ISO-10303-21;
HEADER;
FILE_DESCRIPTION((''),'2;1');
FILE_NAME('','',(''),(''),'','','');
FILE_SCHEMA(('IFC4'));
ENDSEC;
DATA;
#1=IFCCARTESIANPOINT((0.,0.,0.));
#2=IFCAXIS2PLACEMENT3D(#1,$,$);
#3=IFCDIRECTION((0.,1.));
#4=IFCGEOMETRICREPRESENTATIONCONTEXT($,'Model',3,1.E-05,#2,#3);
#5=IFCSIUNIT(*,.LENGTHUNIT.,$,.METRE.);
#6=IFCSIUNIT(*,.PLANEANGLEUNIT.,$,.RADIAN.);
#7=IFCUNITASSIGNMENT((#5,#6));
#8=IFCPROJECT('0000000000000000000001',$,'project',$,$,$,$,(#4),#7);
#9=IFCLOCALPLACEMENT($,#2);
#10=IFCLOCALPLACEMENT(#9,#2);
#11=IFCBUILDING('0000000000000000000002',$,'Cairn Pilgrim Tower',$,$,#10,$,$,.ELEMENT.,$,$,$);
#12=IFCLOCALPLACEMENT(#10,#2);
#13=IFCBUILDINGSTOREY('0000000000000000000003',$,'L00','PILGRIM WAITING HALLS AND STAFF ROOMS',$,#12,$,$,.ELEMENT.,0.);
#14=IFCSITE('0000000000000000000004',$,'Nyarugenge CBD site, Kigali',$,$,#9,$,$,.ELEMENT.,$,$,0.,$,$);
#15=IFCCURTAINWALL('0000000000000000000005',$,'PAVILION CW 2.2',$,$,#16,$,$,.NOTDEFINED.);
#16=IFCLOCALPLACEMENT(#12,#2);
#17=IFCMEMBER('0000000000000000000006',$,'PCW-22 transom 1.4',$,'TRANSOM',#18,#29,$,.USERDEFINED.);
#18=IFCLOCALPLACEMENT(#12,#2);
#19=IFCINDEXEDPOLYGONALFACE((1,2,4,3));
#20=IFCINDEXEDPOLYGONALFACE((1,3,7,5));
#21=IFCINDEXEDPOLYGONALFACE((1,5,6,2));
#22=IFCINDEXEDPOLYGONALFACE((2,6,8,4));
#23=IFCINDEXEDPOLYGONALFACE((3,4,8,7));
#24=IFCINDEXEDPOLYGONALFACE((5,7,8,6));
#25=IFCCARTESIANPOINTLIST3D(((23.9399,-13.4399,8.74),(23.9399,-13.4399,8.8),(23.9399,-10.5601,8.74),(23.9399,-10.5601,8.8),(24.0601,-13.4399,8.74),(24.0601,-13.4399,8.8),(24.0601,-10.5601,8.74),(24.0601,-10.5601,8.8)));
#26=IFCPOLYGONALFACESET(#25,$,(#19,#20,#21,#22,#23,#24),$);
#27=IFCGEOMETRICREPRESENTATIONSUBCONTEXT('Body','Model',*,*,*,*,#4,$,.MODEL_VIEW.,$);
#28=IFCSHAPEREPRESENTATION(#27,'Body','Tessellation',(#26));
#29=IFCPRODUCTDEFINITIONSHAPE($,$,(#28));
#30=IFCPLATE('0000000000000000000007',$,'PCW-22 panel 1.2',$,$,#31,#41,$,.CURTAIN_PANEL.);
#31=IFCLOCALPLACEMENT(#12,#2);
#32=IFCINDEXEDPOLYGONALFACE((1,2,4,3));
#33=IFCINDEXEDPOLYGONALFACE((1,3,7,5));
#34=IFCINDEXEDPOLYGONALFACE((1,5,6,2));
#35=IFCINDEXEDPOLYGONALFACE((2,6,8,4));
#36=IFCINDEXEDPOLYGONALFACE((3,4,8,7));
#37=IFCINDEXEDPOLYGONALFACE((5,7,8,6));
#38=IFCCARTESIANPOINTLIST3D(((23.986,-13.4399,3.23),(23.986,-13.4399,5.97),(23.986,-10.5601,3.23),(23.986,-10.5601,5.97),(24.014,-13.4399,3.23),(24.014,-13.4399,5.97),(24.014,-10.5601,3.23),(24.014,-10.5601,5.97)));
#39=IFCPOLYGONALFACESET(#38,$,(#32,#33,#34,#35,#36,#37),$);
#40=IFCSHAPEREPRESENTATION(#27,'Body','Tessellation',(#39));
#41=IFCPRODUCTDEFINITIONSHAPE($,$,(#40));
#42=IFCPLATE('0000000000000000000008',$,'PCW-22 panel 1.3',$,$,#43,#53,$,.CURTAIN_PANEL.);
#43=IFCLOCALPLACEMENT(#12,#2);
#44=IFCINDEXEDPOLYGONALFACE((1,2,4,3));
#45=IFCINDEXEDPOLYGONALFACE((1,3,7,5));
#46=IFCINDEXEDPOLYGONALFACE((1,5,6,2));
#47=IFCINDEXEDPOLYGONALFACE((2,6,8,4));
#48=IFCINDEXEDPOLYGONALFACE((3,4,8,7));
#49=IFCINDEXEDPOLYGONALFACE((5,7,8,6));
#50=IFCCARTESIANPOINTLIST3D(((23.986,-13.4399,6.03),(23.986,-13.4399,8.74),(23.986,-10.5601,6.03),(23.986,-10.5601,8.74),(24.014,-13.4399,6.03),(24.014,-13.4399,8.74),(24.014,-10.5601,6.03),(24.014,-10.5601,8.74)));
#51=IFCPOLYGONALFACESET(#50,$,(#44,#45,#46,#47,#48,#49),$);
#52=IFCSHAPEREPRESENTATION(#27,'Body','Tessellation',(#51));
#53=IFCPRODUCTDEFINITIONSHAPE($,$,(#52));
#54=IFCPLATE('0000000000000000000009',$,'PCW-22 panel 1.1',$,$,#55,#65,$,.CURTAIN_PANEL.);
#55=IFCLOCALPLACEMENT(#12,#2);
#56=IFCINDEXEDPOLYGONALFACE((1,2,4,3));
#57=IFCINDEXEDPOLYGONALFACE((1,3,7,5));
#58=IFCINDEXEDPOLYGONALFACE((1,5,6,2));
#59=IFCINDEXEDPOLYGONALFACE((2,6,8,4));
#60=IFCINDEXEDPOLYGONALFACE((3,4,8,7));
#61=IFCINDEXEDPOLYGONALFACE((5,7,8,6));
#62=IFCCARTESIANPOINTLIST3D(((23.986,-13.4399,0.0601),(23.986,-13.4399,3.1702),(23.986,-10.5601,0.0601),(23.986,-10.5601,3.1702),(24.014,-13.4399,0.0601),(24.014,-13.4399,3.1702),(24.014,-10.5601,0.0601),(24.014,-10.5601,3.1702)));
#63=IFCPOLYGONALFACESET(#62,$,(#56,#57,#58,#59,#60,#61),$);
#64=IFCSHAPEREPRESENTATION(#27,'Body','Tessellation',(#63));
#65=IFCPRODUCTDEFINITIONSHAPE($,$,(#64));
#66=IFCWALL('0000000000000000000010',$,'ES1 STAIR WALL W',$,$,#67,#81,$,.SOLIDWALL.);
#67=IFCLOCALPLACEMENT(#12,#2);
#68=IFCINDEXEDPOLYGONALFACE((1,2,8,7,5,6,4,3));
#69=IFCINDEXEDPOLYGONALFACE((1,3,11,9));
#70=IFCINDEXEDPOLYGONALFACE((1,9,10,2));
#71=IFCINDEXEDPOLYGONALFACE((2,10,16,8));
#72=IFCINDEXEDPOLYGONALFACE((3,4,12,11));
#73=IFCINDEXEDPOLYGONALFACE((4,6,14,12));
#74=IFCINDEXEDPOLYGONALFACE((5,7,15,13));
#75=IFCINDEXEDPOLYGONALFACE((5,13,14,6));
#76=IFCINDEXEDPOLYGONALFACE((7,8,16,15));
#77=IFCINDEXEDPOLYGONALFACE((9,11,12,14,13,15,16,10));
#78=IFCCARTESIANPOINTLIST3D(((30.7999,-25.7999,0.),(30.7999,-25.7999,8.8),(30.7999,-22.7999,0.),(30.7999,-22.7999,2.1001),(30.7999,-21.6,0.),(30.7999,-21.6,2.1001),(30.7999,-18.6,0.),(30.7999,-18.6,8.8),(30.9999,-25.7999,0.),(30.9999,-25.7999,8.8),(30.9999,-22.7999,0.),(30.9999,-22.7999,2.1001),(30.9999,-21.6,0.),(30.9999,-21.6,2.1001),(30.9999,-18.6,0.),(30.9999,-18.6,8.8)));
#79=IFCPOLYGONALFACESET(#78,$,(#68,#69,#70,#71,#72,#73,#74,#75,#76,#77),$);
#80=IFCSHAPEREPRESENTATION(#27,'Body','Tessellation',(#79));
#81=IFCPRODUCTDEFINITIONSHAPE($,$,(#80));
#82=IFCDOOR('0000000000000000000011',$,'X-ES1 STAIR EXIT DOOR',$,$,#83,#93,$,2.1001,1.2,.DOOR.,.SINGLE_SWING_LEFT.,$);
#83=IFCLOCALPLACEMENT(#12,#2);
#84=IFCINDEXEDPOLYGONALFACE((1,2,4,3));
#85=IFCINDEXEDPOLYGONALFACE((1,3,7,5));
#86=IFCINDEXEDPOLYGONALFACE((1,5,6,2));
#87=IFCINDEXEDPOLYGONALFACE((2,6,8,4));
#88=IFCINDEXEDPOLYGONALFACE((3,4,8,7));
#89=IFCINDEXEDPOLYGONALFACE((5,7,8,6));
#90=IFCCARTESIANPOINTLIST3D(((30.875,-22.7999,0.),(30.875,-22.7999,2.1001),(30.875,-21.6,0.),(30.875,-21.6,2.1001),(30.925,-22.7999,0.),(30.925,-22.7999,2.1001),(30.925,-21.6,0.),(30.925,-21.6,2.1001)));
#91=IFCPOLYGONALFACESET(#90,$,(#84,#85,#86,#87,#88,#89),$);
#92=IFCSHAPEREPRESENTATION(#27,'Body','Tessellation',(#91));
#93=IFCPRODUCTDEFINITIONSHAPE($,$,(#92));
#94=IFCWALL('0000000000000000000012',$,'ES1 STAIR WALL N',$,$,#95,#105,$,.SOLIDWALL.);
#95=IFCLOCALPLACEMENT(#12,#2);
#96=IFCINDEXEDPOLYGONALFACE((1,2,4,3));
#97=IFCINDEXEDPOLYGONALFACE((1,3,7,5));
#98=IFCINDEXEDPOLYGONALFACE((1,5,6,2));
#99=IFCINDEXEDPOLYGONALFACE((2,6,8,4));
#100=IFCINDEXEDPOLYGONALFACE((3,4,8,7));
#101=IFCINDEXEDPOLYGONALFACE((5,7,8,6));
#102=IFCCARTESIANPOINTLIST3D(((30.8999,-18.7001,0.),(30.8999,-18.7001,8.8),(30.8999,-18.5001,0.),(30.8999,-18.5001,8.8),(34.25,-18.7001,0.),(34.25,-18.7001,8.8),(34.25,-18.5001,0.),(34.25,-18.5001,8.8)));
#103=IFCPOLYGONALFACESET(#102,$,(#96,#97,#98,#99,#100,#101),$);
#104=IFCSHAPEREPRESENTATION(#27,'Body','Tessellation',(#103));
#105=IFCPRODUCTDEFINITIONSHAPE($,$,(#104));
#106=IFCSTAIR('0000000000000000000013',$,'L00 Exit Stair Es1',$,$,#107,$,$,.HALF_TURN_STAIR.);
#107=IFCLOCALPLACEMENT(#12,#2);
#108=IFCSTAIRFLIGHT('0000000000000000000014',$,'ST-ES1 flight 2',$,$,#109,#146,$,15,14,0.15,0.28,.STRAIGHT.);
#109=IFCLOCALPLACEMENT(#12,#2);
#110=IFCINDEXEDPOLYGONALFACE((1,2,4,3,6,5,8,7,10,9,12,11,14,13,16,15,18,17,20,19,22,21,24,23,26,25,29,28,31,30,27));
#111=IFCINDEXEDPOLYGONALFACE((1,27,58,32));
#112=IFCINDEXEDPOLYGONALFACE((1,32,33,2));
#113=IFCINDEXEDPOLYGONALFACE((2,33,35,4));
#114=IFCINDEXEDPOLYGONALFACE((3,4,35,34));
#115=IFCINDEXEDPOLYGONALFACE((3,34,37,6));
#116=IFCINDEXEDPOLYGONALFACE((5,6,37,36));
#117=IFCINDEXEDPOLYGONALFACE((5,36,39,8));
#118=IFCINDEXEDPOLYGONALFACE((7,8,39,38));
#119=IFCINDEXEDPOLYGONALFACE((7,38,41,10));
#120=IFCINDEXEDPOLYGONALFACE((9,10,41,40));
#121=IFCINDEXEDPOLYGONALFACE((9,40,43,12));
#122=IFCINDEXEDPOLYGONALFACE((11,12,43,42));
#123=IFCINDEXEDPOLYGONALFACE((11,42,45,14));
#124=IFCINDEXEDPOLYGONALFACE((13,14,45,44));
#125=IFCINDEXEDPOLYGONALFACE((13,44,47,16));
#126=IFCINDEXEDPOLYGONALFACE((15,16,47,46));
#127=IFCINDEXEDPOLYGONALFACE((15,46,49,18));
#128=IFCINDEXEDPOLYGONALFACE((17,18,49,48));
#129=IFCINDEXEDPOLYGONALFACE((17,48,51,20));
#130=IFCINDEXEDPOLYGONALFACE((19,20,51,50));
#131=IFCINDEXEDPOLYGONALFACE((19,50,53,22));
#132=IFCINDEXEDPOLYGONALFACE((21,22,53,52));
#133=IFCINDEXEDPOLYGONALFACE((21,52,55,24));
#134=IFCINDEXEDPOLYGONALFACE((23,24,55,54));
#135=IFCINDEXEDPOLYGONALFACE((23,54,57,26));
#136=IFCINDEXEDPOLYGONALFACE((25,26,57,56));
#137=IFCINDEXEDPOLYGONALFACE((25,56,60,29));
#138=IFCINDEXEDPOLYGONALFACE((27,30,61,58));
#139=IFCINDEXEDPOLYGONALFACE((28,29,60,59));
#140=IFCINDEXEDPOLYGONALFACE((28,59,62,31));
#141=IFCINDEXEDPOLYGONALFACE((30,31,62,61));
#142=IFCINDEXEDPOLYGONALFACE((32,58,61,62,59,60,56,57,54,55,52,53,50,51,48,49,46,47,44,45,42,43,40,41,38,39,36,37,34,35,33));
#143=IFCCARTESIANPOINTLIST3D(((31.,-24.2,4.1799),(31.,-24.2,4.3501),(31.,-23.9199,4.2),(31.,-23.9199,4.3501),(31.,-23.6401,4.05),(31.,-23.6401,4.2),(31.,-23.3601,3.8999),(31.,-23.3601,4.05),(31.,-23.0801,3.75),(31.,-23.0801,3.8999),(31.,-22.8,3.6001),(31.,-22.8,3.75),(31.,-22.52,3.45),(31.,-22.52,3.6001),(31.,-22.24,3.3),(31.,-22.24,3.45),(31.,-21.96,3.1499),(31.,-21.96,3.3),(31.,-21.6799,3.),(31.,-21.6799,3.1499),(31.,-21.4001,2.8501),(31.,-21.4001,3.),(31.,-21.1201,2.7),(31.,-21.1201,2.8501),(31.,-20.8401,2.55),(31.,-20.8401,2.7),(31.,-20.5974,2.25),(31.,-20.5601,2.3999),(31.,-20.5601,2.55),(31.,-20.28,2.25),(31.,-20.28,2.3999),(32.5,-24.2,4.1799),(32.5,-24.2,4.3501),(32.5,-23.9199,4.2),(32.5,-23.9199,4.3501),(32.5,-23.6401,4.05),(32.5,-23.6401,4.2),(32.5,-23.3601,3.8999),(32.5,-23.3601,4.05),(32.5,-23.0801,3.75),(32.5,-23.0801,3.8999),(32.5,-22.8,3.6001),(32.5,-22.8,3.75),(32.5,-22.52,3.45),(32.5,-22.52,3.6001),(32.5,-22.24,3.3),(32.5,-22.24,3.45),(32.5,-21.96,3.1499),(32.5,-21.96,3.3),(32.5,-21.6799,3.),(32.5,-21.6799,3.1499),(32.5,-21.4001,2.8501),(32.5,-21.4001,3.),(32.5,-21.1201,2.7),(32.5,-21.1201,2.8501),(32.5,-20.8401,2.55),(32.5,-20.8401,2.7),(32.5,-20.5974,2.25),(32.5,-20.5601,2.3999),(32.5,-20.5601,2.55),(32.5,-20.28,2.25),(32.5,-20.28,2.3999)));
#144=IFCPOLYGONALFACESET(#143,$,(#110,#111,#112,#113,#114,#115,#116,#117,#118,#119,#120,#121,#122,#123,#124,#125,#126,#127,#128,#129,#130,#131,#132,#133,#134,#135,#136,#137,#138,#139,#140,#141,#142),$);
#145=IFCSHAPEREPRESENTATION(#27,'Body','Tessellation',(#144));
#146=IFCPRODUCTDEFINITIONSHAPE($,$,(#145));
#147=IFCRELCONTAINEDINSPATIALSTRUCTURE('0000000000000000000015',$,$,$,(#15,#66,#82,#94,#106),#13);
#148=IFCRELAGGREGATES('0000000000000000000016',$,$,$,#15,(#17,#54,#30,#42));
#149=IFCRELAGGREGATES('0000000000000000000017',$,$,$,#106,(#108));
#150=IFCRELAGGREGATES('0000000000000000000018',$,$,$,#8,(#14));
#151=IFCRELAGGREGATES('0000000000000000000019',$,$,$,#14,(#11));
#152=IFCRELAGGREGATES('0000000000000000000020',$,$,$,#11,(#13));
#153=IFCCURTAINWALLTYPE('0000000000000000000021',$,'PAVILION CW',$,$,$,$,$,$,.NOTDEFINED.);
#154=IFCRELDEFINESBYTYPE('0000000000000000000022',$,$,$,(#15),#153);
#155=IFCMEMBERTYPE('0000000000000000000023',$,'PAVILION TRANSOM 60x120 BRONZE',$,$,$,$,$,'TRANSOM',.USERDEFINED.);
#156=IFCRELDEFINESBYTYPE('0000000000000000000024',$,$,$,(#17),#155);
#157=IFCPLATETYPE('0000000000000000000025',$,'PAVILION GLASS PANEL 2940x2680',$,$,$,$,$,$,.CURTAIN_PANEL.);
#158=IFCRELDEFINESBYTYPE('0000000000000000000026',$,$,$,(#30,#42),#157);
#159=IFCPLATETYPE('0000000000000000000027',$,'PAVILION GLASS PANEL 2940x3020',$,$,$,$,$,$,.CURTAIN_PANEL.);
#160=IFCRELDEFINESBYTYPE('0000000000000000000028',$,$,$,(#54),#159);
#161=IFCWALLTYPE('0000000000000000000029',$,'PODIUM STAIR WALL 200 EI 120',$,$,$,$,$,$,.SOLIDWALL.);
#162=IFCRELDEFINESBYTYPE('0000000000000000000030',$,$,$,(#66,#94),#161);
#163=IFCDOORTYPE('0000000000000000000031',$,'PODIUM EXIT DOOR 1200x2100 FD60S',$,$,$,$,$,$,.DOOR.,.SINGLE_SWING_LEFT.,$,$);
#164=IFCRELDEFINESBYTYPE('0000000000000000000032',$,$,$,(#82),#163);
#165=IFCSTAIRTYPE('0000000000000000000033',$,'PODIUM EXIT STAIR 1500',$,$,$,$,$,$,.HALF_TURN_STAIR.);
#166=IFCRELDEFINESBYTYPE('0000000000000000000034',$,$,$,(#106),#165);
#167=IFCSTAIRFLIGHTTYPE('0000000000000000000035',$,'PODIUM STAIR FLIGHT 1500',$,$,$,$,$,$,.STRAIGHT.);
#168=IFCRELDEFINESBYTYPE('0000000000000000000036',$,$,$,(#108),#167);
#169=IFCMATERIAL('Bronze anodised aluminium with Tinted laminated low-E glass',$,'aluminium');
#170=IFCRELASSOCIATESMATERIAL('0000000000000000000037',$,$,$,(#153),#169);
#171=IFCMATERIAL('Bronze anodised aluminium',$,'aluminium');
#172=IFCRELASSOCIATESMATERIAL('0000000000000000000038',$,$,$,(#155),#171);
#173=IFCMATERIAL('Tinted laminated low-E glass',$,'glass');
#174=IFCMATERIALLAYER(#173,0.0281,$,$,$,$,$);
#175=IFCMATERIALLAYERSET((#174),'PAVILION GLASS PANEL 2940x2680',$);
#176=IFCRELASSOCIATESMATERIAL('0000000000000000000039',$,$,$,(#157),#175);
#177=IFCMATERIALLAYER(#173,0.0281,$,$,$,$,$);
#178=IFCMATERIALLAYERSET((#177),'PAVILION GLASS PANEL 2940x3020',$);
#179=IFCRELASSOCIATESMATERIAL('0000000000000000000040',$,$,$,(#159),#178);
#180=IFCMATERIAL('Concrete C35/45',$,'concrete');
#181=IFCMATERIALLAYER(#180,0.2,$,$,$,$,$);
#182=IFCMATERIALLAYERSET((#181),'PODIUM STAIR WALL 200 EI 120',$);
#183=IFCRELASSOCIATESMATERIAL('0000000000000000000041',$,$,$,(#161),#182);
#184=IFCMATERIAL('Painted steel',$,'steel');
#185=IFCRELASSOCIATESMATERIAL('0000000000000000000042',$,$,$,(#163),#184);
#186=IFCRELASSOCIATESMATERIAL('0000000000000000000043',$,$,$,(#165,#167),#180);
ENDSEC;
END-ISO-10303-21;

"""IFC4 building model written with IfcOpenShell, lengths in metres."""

from ifc_helpers import new_model, si_unit, direction, frame, frame_2d, origin, origin_2d, place, context, subcontext, project, spatial, polyline, rectangle, outline, extrude, material, layer, layer_set, material_profile, profile_set, type_object, element, fill, aggregate, save


model = new_model("IFC4")

# Units and contexts
model_context = context("Model", 3, precision=1e-05, world=origin(), true_north=direction((0.0, 1.0)))
body_context = subcontext(model_context, "Body", "Model", "MODEL_VIEW")
ifc_project = project(units=[si_unit("LENGTHUNIT", "METRE"), si_unit("PLANEANGLEUNIT", "RADIAN")], contexts=[model_context])

# Site, building, storey
site_placement = place(None, origin())
site = spatial("IfcSite", under=ifc_project, at=site_placement, Name="Nyarugenge CBD site, Kigali", CompositionType="ELEMENT", RefElevation=0.0)
building_placement = place(site_placement, origin())
building = spatial("IfcBuilding", under=site, at=building_placement, Name="Cairn Pilgrim Tower", CompositionType="ELEMENT")
storey_placement = place(building_placement, origin())
storey = spatial("IfcBuildingStorey", under=building, at=storey_placement, Name="L00", Description="PILGRIM WAITING HALLS AND STAFF ROOMS", CompositionType="ELEMENT", Elevation=0.0)

# Shared definitions
ifc_material_1 = material(Name="Concrete C35/45", Category="concrete")

# Curtain wall, member, plates
ifc_material_2 = material(Name="Bronze anodised aluminium with Tinted laminated low-E glass", Category="aluminium")
curtain_wall_type = type_object("IfcCurtainWallType", Name="PAVILION CW", PredefinedType="NOTDEFINED", material=ifc_material_2)
curtain_wall_placement = place(storey_placement, origin())
curtain_wall = element("IfcCurtainWall", 1, at=curtain_wall_placement, inside=storey, type_object=curtain_wall_type, Name="PAVILION CW 2.2", PredefinedType="NOTDEFINED")
ifc_material_3 = material(Name="Bronze anodised aluminium", Category="aluminium")
ifc_material_profile_1 = material_profile(ifc_material_3, rectangle(XDim=0.1201, YDim=0.0601, at=origin_2d()), Name="PAVILION TRANSOM 60x120 BRONZE")
ifc_profile_set_1 = profile_set([ifc_material_profile_1], Name="Bronze anodised aluminium")
member_type = type_object("IfcMemberType", Name="PAVILION TRANSOM 60x120 BRONZE", ElementType="TRANSOM", PredefinedType="USERDEFINED", material=ifc_profile_set_1)
member_1_placement = place(storey_placement, frame((24.0, -13.4399, 8.77), z_axis=(0.0, 1.0, 0.0), x_axis=(-1.0, 0.0, 0.0)))
member_1 = element("IfcMember", 2, at=member_1_placement, type_object=member_type, Name="PCW-22 transom 1.4", ObjectType="TRANSOM", PredefinedType="USERDEFINED", context=body_context, shape_type="SweptSolid", body=[
    extrude(rectangle(XDim=0.1201, YDim=0.0601, at=origin_2d()), origin(), (0.0, 0.0, 1.0), 2.8799),
])
ifc_material_4 = material(Name="Tinted laminated low-E glass", Category="glass")
ifc_layer_1 = layer(ifc_material_4, 0.0281)
ifc_layer_set_1 = layer_set([ifc_layer_1], Name="PAVILION GLASS PANEL 2940x2680")
plate_type_1 = type_object("IfcPlateType", Name="PAVILION GLASS PANEL 2940x2680", PredefinedType="CURTAIN_PANEL", material=ifc_layer_set_1)
plate_1_placement = place(storey_placement, frame((24.0, -12.0, 3.23), z_axis=(0.0, 0.0, 1.0), x_axis=(0.0, 1.0, 0.0)))
plate_1 = element("IfcPlate", 3, at=plate_1_placement, type_object=plate_type_1, Name="PCW-22 panel 1.2", PredefinedType="CURTAIN_PANEL", context=body_context, shape_type="SweptSolid", body=[
    extrude(rectangle(XDim=2.8799, YDim=0.0281, at=origin_2d()), origin(), (0.0, 0.0, 1.0), 2.74),
])
plate_2_placement = place(storey_placement, frame((24.0, -12.0, 6.03), z_axis=(0.0, 0.0, 1.0), x_axis=(0.0, 1.0, 0.0)))
plate_2 = element("IfcPlate", 4, at=plate_2_placement, type_object=plate_type_1, Name="PCW-22 panel 1.3", PredefinedType="CURTAIN_PANEL", context=body_context, shape_type="SweptSolid", body=[
    extrude(rectangle(XDim=2.8799, YDim=0.0281, at=origin_2d()), origin(), (0.0, 0.0, 1.0), 2.71),
])
ifc_layer_2 = layer(ifc_material_4, 0.0281)
ifc_layer_set_2 = layer_set([ifc_layer_2], Name="PAVILION GLASS PANEL 2940x3020")
plate_type_2 = type_object("IfcPlateType", Name="PAVILION GLASS PANEL 2940x3020", PredefinedType="CURTAIN_PANEL", material=ifc_layer_set_2)
plate_3_placement = place(storey_placement, frame((24.0, -12.0, 0.0601), z_axis=(0.0, 0.0, 1.0), x_axis=(0.0, 1.0, 0.0)))
plate_3 = element("IfcPlate", 5, at=plate_3_placement, type_object=plate_type_2, Name="PCW-22 panel 1.1", PredefinedType="CURTAIN_PANEL", context=body_context, shape_type="SweptSolid", body=[
    extrude(rectangle(XDim=2.8799, YDim=0.0281, at=origin_2d()), origin(), (0.0, 0.0, 1.0), 3.1101),
])
aggregate(curtain_wall, [member_1, plate_3, plate_1, plate_2])

# Wall, opening, door
ifc_layer_3 = layer(ifc_material_1, 0.2)
ifc_layer_set_3 = layer_set([ifc_layer_3], Name="PODIUM STAIR WALL 200 EI 120")
wall_type = type_object("IfcWallType", Name="PODIUM STAIR WALL 200 EI 120", PredefinedType="SOLIDWALL", material=ifc_layer_set_3)
wall_1_placement = place(storey_placement, frame((30.8999, -25.8, 0.0), z_axis=(0.0, 0.0, 1.0), x_axis=(0.0, 1.0, 0.0)))
wall_1 = element("IfcWall", 6, at=wall_1_placement, inside=storey, type_object=wall_type, Name="ES1 STAIR WALL W", PredefinedType="SOLIDWALL", context=body_context, shape_type="SweptSolid", body=[
    extrude(rectangle(XDim=7.2, YDim=0.2, at=frame_2d((3.6001, 0.0))), origin(), (0.0, 0.0, 1.0), 8.8),
])
opening_placement = place(wall_1_placement, frame((3.0, 0.0, 0.0)))
opening = element("IfcOpeningElement", 7, at=opening_placement, cuts=wall_1, PredefinedType="OPENING", context=body_context, shape_type="SweptSolid", body=[
    extrude(rectangle(XDim=1.2, YDim=2.1001, at=frame_2d((0.6001, 1.05))), frame((0.0, 0.1099, 0.0), z_axis=(0.0, -1.0, 0.0), x_axis=(1.0, 0.0, 0.0)), (0.0, 0.0, 1.0), 0.22),
])
ifc_material_5 = material(Name="Painted steel", Category="steel")
door_type = type_object("IfcDoorType", Name="PODIUM EXIT DOOR 1200x2100 FD60S", OperationType="SINGLE_SWING_LEFT", PredefinedType="DOOR", material=ifc_material_5)
door_placement = place(opening_placement, origin())
door = element("IfcDoor", 8, at=door_placement, inside=storey, type_object=door_type, Name="X-ES1 STAIR EXIT DOOR", OperationType="SINGLE_SWING_LEFT", OverallHeight=2.1001, OverallWidth=1.2, PredefinedType="DOOR", context=body_context, shape_type="SweptSolid", body=[
    extrude(rectangle(XDim=1.2, YDim=2.1001, at=frame_2d((0.6001, 1.05))), frame((0.0, 0.0249, 0.0), z_axis=(0.0, -1.0, 0.0), x_axis=(1.0, 0.0, 0.0)), (0.0, 0.0, 1.0), 0.05),
])
fill(opening, door)

# Wall
wall_2_placement = place(storey_placement, frame((30.8999, -18.6001, 0.0), z_axis=(0.0, 0.0, 1.0), x_axis=(1.0, 0.0, 0.0)))
element("IfcWall", 9, at=wall_2_placement, inside=storey, type_object=wall_type, Name="ES1 STAIR WALL N", PredefinedType="SOLIDWALL", context=body_context, shape_type="SweptSolid", body=[
    extrude(rectangle(XDim=3.3501, YDim=0.2, at=frame_2d((1.675, 0.0))), origin(), (0.0, 0.0, 1.0), 8.8),
])

# Stair, stair flight
stair_type = type_object("IfcStairType", Name="PODIUM EXIT STAIR 1500", PredefinedType="HALF_TURN_STAIR", material=ifc_material_1)
stair_placement = place(storey_placement, origin())
stair = element("IfcStair", 10, at=stair_placement, inside=storey, type_object=stair_type, Name="L00 Exit Stair Es1", PredefinedType="HALF_TURN_STAIR")
stair_flight_type = type_object("IfcStairFlightType", Name="PODIUM STAIR FLIGHT 1500", PredefinedType="STRAIGHT", material=ifc_material_1)
stair_flight_1_placement = place(storey_placement, frame((31.75, -20.28, 2.25), z_axis=(0.0, 0.0, 1.0), x_axis=(0.0, -1.0, 0.0)))
stair_flight_1 = element("IfcStairFlight", 11, at=stair_flight_1_placement, type_object=stair_flight_type, Name="ST-ES1 flight 2", NumberOfRisers=15, NumberOfTreads=14, PredefinedType="STRAIGHT", RiserHeight=0.15, TreadLength=0.28, context=body_context, shape_type="SweptSolid", body=[
    extrude(outline(polyline([(0.0, 0.0), (0.0, 0.1499), (0.28, 0.1499), (0.28, 0.3), (0.5601, 0.3), (0.5601, 0.45), (0.8401, 0.45), (0.8401, 0.6001), (1.1201, 0.6001), (1.1201, 0.75), (1.3999, 0.75), (1.3999, 0.8999), (1.6799, 0.8999), (1.6799, 1.05), (1.96, 1.05), (1.96, 1.2), (2.24, 1.2), (2.24, 1.3501), (2.52, 1.3501), (2.52, 1.5), (2.8, 1.5), (2.8, 1.6499), (3.0801, 1.6499), (3.0801, 1.8), (3.3601, 1.8), (3.3601, 1.95), (3.6399, 1.95), (3.6399, 2.1001), (3.9199, 2.1001), (3.9199, 2.25), (3.9199, 1.9299), (0.3174, 0.0), (0.0, 0.0)])), frame((0.0, 0.75, 0.0), z_axis=(0.0, -1.0, 0.0), x_axis=(1.0, 0.0, 0.0)), (0.0, 0.0, 1.0), 1.5),
])
aggregate(stair, [stair_flight_1])

save(model, "model.ifc")
